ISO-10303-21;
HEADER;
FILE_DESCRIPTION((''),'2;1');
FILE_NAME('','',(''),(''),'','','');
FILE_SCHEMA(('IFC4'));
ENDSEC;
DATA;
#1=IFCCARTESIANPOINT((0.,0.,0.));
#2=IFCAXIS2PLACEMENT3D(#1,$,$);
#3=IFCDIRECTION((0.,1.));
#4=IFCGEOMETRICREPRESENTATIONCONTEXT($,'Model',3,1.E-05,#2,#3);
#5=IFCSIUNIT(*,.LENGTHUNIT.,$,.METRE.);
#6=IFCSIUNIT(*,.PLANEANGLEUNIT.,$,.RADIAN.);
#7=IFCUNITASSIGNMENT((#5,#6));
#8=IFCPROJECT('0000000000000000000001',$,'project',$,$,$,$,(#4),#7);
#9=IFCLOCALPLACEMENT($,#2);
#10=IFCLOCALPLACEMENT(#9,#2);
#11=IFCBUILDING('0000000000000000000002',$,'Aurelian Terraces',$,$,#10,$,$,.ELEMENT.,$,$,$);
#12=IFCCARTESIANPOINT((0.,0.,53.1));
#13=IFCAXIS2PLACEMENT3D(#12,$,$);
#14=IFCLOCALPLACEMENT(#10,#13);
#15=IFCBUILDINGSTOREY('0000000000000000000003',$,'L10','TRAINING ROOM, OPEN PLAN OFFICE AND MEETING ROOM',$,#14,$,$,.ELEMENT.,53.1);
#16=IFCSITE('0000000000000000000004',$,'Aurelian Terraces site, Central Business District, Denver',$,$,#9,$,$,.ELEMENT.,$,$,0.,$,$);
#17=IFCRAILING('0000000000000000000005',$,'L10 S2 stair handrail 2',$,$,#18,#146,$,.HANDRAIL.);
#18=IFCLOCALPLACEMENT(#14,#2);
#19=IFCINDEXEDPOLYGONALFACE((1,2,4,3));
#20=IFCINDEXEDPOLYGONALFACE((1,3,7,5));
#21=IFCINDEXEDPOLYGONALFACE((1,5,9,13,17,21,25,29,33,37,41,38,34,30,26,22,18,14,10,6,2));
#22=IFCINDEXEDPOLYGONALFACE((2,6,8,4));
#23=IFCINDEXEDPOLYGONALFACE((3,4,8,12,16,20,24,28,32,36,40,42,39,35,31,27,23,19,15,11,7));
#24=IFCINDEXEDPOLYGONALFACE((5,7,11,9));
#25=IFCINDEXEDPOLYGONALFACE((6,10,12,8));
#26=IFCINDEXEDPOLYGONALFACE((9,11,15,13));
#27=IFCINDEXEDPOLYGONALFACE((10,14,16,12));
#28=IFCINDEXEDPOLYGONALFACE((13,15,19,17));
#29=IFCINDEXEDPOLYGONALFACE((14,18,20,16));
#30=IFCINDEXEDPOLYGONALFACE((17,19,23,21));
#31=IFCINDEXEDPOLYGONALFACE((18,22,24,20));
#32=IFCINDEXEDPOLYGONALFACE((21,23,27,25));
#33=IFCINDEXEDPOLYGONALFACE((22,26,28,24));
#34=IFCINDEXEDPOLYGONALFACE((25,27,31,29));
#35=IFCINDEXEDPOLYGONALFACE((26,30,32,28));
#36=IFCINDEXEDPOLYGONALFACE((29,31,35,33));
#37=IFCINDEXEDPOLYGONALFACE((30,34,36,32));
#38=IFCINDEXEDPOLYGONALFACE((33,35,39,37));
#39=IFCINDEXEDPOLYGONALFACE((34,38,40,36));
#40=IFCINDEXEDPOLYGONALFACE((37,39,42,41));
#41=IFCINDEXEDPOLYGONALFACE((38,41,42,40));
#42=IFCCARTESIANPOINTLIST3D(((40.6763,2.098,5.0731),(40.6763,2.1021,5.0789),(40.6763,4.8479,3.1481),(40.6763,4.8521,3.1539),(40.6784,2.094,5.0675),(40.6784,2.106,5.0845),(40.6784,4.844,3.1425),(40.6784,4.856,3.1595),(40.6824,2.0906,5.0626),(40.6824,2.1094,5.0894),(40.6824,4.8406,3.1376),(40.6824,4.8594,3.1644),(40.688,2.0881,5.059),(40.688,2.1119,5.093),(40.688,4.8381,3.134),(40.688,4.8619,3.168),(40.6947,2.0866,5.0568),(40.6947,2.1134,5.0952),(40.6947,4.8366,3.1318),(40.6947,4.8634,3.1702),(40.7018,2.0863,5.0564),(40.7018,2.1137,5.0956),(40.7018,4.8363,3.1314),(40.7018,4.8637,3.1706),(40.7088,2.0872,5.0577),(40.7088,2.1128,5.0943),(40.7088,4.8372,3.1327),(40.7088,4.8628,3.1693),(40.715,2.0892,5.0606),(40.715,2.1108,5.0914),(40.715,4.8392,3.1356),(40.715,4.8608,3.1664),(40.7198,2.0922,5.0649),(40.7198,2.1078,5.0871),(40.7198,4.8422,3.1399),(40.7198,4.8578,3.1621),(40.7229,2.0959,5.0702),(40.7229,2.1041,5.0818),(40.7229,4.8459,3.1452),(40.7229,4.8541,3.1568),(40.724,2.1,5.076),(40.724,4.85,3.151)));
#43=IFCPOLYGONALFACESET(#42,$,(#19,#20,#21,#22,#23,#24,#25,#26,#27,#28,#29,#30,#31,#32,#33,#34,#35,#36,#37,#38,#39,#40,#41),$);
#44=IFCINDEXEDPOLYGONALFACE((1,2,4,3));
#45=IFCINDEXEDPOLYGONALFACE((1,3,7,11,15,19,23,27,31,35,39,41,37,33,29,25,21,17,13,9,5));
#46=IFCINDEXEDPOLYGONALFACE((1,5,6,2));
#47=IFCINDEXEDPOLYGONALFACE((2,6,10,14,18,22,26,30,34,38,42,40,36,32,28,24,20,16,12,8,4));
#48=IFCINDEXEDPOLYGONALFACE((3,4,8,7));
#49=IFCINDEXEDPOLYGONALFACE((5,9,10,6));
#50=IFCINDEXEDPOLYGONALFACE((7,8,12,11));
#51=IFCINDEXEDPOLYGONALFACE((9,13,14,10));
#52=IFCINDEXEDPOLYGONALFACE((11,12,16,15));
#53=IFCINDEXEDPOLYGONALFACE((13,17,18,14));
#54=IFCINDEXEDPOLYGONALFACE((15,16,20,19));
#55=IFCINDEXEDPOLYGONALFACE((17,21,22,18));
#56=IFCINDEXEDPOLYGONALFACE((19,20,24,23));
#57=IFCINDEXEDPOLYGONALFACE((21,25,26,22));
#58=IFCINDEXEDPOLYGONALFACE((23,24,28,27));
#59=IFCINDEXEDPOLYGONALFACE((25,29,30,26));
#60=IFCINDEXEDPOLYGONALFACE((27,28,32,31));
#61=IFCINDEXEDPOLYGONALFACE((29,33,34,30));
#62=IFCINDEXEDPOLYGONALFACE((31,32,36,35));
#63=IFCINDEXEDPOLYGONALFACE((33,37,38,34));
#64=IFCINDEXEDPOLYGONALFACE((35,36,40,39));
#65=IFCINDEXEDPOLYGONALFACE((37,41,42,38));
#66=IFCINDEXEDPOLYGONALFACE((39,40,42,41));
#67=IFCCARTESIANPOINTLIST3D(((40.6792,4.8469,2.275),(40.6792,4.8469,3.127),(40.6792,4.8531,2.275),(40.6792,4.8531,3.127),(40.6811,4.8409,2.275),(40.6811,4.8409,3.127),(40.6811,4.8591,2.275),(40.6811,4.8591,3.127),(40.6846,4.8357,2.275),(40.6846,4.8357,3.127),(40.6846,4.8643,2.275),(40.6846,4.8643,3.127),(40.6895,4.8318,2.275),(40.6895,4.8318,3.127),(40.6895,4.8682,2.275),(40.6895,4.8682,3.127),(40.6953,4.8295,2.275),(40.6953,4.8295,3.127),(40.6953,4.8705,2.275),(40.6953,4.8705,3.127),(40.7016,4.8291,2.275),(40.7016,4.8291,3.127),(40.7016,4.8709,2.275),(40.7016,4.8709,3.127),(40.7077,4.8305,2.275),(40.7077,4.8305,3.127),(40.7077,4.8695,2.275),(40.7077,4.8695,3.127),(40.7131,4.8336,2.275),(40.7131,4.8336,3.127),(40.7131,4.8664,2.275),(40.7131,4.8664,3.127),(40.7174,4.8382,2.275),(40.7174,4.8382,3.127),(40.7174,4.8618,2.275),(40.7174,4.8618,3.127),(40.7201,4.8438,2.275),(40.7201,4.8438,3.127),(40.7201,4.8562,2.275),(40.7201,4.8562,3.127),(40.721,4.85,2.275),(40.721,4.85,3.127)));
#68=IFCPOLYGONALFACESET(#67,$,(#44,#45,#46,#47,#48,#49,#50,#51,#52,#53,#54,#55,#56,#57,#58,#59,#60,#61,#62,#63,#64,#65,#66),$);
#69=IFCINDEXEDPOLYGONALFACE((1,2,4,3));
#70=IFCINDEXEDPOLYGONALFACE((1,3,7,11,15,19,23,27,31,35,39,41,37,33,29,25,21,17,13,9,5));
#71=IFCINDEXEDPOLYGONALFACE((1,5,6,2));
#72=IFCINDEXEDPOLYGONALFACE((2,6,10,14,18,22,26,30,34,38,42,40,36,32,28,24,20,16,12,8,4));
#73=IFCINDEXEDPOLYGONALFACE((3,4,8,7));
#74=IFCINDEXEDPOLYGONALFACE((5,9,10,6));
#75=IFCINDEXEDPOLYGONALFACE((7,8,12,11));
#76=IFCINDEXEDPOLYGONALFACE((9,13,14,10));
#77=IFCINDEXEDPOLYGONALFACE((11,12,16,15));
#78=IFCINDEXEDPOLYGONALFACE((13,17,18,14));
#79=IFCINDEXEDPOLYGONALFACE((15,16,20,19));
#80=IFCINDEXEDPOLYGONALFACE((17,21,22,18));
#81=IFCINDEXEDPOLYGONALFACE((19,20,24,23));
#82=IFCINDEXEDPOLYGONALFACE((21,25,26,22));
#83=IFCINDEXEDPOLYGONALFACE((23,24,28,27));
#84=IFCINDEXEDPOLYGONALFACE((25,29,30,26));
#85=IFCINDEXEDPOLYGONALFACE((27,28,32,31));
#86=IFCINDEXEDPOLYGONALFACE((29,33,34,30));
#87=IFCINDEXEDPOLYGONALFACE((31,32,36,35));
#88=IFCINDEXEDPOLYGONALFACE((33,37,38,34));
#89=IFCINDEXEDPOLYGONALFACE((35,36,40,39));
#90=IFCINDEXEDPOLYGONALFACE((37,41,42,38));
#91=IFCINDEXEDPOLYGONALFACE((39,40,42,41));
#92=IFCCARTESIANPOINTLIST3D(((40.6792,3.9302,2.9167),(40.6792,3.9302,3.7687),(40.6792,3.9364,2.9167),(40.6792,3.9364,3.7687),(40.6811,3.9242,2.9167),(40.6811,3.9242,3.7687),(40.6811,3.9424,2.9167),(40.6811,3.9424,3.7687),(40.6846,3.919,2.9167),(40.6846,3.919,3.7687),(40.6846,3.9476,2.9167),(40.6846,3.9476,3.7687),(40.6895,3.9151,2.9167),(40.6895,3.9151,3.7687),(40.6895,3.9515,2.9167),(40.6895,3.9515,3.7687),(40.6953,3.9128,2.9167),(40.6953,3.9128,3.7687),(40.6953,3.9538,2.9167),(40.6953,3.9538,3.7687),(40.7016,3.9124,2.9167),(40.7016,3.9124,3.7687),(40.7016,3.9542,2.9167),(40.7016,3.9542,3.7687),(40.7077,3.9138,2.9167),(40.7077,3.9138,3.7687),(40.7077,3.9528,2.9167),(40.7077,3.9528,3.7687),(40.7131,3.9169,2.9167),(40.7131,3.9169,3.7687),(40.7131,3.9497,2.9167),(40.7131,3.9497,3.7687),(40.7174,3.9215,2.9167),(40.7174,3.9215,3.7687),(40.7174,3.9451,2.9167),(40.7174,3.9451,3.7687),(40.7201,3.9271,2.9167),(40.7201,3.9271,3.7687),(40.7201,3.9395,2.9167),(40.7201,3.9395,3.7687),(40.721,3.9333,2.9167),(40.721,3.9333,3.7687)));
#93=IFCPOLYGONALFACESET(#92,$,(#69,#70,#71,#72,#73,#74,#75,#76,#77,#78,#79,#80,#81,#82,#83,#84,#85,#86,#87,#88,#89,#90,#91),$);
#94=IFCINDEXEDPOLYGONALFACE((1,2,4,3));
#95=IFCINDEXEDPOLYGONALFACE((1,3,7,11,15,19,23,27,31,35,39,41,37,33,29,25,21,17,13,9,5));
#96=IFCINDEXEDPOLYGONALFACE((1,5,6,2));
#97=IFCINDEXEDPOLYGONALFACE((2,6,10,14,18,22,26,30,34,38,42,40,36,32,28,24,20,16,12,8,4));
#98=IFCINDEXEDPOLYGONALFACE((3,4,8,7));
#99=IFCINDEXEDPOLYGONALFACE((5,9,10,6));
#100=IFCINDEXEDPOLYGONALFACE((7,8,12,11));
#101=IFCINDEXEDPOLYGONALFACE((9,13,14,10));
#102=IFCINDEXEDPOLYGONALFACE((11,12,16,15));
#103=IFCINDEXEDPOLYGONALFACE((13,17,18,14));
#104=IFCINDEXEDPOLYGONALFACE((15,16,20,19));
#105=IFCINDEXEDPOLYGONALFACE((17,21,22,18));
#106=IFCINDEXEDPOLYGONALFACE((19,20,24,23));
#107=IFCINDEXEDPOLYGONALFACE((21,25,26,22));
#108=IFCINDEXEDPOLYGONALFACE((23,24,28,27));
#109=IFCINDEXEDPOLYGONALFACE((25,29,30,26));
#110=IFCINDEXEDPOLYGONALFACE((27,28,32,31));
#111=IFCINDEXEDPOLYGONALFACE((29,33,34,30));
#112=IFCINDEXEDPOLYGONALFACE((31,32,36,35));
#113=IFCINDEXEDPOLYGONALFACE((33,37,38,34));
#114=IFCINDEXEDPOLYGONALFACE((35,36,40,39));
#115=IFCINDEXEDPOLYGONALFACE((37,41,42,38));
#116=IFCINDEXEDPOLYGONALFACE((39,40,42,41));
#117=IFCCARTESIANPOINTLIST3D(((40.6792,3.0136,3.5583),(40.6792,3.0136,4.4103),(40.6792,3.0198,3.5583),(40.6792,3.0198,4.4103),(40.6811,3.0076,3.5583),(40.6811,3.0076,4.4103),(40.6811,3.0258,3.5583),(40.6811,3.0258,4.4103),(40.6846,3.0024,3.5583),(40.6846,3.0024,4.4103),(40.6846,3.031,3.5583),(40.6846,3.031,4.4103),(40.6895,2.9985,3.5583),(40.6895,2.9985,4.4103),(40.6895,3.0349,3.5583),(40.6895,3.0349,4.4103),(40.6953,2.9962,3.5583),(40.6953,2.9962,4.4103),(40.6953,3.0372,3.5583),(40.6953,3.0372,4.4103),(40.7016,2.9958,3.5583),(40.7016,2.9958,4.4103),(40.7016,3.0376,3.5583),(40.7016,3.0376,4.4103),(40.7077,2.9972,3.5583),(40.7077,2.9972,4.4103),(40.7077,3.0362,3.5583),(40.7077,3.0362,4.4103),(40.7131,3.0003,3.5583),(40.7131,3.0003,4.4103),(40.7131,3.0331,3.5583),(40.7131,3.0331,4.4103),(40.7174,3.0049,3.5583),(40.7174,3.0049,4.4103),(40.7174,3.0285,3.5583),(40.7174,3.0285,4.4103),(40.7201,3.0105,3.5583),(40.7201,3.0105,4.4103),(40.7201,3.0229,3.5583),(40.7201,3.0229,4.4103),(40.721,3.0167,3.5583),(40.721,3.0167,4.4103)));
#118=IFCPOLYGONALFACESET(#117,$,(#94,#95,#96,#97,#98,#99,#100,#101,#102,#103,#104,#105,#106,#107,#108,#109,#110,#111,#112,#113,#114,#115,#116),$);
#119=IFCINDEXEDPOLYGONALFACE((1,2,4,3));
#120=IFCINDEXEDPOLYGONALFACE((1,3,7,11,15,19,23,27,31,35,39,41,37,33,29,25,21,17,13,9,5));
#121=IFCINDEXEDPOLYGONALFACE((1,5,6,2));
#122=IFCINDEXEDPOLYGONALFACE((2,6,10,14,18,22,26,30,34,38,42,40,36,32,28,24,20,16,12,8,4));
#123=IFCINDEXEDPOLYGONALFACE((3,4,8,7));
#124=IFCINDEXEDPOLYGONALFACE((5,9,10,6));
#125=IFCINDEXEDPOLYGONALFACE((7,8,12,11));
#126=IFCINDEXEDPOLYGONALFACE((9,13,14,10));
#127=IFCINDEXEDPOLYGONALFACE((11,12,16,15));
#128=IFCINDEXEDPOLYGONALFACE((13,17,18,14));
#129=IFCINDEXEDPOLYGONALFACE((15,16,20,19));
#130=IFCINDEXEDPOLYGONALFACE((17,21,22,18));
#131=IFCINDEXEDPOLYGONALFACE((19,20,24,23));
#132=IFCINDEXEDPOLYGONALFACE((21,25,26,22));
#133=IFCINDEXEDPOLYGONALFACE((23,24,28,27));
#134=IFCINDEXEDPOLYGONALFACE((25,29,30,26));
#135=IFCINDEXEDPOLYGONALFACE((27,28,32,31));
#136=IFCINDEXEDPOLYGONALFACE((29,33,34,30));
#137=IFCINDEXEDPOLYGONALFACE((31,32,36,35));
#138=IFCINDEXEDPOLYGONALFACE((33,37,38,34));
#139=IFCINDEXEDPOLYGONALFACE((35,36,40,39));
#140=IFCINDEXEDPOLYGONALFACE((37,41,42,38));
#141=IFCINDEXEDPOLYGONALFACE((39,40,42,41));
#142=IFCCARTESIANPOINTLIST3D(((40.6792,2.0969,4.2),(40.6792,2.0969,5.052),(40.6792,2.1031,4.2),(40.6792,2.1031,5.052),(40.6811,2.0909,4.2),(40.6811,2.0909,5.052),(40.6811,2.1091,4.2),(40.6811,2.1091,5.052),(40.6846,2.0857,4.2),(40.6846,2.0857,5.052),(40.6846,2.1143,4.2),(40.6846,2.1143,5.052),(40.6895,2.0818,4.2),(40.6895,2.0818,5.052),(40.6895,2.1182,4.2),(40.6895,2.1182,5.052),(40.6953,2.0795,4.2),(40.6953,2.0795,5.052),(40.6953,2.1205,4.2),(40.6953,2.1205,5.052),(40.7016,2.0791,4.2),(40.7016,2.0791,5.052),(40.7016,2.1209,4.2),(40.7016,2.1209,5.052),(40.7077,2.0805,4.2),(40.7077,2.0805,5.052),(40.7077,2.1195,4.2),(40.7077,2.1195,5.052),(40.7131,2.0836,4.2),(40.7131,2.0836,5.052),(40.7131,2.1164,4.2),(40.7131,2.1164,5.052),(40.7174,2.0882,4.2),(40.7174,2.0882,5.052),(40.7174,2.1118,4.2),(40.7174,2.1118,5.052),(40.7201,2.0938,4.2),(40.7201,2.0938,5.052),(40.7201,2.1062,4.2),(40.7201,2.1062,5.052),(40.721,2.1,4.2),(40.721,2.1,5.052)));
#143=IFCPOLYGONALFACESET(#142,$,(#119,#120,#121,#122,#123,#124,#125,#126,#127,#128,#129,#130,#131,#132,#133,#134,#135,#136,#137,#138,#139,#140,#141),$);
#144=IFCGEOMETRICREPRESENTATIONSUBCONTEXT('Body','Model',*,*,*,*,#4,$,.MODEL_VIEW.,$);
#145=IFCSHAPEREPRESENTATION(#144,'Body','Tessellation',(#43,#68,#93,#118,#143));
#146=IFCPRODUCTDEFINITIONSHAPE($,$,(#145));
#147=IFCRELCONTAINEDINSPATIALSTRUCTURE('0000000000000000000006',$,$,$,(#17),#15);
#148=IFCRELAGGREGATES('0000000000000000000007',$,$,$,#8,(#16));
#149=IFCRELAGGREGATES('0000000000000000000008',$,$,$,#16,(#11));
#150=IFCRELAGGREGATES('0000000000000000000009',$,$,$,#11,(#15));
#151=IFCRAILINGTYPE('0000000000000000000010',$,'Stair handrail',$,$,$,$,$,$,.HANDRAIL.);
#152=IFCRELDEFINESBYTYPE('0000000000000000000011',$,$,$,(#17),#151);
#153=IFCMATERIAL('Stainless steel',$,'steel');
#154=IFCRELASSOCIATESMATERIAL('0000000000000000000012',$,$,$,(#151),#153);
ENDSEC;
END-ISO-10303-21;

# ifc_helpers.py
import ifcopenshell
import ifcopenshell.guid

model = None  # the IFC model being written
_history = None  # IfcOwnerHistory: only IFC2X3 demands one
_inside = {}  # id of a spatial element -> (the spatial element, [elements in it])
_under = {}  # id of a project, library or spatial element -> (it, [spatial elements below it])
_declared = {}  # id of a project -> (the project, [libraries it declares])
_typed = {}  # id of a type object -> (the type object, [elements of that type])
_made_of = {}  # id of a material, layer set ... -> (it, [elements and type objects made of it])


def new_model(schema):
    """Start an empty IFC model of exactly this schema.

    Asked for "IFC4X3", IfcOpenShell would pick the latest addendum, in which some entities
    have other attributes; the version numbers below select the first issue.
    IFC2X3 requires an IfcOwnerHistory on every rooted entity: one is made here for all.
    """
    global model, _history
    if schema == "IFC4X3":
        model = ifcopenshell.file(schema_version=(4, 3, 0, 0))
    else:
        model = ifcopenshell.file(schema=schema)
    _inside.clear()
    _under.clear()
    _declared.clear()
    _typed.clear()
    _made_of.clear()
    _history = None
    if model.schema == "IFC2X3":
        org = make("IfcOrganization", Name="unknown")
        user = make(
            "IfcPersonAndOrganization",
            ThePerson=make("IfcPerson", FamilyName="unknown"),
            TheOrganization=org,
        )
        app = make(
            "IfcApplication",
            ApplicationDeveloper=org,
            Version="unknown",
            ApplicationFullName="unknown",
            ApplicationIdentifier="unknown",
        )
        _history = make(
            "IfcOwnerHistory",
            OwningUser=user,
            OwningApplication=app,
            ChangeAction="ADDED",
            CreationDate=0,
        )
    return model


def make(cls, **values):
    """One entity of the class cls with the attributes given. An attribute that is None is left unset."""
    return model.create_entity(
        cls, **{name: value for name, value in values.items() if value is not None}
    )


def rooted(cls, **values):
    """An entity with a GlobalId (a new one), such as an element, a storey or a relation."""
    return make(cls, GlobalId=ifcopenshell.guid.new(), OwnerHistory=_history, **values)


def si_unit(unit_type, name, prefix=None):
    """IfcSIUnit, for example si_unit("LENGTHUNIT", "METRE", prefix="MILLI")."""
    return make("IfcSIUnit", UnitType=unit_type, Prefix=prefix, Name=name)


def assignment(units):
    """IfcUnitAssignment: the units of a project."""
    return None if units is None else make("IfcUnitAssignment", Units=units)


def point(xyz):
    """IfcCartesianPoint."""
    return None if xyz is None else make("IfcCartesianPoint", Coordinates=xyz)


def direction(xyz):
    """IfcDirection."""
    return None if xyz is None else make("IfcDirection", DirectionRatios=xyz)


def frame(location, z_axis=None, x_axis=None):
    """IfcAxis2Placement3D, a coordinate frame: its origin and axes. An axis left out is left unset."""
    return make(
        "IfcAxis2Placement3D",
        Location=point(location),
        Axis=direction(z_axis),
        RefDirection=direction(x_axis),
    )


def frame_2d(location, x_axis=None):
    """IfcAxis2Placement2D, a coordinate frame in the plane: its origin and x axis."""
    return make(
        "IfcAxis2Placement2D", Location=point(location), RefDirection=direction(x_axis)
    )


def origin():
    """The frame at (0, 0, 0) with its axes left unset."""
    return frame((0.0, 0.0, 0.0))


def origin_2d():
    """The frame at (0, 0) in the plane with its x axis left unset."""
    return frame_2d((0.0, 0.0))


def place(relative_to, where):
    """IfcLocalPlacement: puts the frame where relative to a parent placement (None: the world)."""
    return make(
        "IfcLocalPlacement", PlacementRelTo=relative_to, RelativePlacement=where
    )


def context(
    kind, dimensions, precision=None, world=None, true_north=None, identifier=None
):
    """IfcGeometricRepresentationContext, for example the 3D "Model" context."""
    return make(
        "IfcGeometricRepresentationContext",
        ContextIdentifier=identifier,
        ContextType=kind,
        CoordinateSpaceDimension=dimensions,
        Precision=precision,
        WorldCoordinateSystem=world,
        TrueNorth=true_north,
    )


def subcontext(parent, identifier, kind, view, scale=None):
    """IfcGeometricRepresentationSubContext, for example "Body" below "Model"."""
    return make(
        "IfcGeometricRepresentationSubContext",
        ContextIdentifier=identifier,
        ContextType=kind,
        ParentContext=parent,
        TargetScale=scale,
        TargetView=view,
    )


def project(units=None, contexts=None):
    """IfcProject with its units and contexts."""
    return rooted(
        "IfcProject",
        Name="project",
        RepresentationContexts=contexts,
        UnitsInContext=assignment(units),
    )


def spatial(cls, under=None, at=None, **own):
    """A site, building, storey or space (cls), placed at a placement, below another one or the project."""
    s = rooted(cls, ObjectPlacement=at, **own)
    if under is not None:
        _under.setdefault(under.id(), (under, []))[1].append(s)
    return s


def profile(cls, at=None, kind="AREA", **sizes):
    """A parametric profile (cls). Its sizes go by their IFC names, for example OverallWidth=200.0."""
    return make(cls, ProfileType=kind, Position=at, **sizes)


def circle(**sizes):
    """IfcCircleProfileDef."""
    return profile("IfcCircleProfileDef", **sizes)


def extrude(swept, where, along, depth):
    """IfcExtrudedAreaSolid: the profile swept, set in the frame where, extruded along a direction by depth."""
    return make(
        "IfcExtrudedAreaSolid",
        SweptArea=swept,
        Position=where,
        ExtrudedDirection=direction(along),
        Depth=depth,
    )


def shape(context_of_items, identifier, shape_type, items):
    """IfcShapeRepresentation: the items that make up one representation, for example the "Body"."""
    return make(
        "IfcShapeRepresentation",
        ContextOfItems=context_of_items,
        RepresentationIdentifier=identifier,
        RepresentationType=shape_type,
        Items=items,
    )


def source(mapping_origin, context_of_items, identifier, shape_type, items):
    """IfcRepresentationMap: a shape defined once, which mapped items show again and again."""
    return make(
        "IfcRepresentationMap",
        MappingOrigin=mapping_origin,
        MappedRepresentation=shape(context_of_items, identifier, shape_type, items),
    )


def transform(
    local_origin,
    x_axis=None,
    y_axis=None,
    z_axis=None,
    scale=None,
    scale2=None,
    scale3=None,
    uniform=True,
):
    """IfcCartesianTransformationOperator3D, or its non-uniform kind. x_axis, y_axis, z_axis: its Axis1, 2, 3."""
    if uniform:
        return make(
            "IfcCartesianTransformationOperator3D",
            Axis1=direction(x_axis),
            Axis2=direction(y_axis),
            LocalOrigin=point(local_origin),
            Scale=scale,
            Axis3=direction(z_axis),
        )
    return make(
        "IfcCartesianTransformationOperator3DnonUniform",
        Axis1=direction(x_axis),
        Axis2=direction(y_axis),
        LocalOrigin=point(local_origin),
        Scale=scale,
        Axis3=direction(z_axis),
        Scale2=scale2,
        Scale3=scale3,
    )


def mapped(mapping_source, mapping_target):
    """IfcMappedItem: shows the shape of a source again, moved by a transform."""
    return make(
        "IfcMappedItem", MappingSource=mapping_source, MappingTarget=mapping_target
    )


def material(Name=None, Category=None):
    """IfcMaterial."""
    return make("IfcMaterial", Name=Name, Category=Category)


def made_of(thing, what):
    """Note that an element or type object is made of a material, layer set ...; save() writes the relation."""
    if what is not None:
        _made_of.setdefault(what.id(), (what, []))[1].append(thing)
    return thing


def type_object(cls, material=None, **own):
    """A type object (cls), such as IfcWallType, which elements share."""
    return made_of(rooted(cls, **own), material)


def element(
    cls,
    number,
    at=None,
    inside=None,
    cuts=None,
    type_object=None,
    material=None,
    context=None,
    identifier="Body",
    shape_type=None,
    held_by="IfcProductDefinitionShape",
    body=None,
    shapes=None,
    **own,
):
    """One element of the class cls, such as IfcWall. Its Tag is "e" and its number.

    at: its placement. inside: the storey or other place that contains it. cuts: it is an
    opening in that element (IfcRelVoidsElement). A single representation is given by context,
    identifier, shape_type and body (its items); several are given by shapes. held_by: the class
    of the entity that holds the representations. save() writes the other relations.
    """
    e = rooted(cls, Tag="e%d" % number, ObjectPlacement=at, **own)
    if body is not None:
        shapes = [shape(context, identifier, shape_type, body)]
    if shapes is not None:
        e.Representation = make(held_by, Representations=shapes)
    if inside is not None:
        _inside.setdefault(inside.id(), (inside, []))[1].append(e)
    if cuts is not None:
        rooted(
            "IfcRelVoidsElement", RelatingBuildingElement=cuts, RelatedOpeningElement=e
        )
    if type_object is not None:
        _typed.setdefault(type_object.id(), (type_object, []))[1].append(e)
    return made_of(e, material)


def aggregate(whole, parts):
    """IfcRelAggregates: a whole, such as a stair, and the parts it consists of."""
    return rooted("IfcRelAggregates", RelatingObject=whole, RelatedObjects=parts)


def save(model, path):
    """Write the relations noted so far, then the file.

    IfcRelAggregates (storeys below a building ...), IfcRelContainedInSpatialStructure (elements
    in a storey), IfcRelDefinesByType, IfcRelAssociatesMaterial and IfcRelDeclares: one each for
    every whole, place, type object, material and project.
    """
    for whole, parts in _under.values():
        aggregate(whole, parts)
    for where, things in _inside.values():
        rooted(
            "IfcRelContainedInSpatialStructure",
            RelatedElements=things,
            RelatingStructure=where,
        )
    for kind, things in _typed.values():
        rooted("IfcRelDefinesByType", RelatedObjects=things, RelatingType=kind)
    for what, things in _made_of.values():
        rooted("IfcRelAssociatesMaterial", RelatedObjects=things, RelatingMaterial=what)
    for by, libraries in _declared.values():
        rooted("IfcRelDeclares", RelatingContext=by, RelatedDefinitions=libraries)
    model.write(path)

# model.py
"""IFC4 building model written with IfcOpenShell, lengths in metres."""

from ifc_helpers import new_model, si_unit, direction, frame, origin, origin_2d, place, context, subcontext, project, spatial, circle, extrude, source, transform, mapped, material, type_object, element, save


model = new_model("IFC4")

# Units and contexts
model_context = context("Model", 3, precision=1e-05, world=origin(), true_north=direction((0.0, 1.0)))
body_context = subcontext(model_context, "Body", "Model", "MODEL_VIEW")
ifc_project = project(units=[si_unit("LENGTHUNIT", "METRE"), si_unit("PLANEANGLEUNIT", "RADIAN")], contexts=[model_context])

# Site, building, storey
site_placement = place(None, origin())
site = spatial("IfcSite", under=ifc_project, at=site_placement, Name="Aurelian Terraces site, Central Business District, Denver", CompositionType="ELEMENT", RefElevation=0.0)
building_placement = place(site_placement, origin())
building = spatial("IfcBuilding", under=site, at=building_placement, Name="Aurelian Terraces", CompositionType="ELEMENT")
storey_placement = place(building_placement, frame((0.0, 0.0, 53.1)))
storey = spatial("IfcBuildingStorey", under=building, at=storey_placement, Name="L10", Description="TRAINING ROOM, OPEN PLAN OFFICE AND MEETING ROOM", CompositionType="ELEMENT", Elevation=53.1)

# Railing
ifc_material_1 = material(Name="Stainless steel", Category="steel")
railing_type_1 = type_object("IfcRailingType", Name="Stair handrail", PredefinedType="HANDRAIL", material=ifc_material_1)
shared_shape_1 = source(origin(), body_context, "Body", "SweptSolid", [
    extrude(circle(Radius=0.024, at=origin_2d()), frame((0.0, 0.0, 0.876), z_axis=(0.0, -0.819232, 0.573462), x_axis=(1.0, 0.0, 0.0)), (0.0, 0.0, 1.0), 3.3568),
    extrude(circle(Radius=0.021, at=origin_2d()), origin(), (0.0, 0.0, 1.0), 0.852),
    extrude(circle(Radius=0.021, at=origin_2d()), frame((0.0, -0.9167, 0.6417)), (0.0, 0.0, 1.0), 0.852),
    extrude(circle(Radius=0.021, at=origin_2d()), frame((0.0, -1.8333, 1.2833)), (0.0, 0.0, 1.0), 0.852),
    extrude(circle(Radius=0.021, at=origin_2d()), frame((0.0, -2.75, 1.925)), (0.0, 0.0, 1.0), 0.852),
])
railing_1_placement = place(storey_placement, frame((40.7, 4.85, 2.275)))
element("IfcRailing", 1, at=railing_1_placement, inside=storey, type_object=railing_type_1, Name="L10 S2 stair handrail 2", PredefinedType="HANDRAIL", context=body_context, shape_type="MappedRepresentation", body=[
    mapped(shared_shape_1, transform((0.0, 0.0, 0.0), scale=1.0)),
])

save(model, "model.ifc")
